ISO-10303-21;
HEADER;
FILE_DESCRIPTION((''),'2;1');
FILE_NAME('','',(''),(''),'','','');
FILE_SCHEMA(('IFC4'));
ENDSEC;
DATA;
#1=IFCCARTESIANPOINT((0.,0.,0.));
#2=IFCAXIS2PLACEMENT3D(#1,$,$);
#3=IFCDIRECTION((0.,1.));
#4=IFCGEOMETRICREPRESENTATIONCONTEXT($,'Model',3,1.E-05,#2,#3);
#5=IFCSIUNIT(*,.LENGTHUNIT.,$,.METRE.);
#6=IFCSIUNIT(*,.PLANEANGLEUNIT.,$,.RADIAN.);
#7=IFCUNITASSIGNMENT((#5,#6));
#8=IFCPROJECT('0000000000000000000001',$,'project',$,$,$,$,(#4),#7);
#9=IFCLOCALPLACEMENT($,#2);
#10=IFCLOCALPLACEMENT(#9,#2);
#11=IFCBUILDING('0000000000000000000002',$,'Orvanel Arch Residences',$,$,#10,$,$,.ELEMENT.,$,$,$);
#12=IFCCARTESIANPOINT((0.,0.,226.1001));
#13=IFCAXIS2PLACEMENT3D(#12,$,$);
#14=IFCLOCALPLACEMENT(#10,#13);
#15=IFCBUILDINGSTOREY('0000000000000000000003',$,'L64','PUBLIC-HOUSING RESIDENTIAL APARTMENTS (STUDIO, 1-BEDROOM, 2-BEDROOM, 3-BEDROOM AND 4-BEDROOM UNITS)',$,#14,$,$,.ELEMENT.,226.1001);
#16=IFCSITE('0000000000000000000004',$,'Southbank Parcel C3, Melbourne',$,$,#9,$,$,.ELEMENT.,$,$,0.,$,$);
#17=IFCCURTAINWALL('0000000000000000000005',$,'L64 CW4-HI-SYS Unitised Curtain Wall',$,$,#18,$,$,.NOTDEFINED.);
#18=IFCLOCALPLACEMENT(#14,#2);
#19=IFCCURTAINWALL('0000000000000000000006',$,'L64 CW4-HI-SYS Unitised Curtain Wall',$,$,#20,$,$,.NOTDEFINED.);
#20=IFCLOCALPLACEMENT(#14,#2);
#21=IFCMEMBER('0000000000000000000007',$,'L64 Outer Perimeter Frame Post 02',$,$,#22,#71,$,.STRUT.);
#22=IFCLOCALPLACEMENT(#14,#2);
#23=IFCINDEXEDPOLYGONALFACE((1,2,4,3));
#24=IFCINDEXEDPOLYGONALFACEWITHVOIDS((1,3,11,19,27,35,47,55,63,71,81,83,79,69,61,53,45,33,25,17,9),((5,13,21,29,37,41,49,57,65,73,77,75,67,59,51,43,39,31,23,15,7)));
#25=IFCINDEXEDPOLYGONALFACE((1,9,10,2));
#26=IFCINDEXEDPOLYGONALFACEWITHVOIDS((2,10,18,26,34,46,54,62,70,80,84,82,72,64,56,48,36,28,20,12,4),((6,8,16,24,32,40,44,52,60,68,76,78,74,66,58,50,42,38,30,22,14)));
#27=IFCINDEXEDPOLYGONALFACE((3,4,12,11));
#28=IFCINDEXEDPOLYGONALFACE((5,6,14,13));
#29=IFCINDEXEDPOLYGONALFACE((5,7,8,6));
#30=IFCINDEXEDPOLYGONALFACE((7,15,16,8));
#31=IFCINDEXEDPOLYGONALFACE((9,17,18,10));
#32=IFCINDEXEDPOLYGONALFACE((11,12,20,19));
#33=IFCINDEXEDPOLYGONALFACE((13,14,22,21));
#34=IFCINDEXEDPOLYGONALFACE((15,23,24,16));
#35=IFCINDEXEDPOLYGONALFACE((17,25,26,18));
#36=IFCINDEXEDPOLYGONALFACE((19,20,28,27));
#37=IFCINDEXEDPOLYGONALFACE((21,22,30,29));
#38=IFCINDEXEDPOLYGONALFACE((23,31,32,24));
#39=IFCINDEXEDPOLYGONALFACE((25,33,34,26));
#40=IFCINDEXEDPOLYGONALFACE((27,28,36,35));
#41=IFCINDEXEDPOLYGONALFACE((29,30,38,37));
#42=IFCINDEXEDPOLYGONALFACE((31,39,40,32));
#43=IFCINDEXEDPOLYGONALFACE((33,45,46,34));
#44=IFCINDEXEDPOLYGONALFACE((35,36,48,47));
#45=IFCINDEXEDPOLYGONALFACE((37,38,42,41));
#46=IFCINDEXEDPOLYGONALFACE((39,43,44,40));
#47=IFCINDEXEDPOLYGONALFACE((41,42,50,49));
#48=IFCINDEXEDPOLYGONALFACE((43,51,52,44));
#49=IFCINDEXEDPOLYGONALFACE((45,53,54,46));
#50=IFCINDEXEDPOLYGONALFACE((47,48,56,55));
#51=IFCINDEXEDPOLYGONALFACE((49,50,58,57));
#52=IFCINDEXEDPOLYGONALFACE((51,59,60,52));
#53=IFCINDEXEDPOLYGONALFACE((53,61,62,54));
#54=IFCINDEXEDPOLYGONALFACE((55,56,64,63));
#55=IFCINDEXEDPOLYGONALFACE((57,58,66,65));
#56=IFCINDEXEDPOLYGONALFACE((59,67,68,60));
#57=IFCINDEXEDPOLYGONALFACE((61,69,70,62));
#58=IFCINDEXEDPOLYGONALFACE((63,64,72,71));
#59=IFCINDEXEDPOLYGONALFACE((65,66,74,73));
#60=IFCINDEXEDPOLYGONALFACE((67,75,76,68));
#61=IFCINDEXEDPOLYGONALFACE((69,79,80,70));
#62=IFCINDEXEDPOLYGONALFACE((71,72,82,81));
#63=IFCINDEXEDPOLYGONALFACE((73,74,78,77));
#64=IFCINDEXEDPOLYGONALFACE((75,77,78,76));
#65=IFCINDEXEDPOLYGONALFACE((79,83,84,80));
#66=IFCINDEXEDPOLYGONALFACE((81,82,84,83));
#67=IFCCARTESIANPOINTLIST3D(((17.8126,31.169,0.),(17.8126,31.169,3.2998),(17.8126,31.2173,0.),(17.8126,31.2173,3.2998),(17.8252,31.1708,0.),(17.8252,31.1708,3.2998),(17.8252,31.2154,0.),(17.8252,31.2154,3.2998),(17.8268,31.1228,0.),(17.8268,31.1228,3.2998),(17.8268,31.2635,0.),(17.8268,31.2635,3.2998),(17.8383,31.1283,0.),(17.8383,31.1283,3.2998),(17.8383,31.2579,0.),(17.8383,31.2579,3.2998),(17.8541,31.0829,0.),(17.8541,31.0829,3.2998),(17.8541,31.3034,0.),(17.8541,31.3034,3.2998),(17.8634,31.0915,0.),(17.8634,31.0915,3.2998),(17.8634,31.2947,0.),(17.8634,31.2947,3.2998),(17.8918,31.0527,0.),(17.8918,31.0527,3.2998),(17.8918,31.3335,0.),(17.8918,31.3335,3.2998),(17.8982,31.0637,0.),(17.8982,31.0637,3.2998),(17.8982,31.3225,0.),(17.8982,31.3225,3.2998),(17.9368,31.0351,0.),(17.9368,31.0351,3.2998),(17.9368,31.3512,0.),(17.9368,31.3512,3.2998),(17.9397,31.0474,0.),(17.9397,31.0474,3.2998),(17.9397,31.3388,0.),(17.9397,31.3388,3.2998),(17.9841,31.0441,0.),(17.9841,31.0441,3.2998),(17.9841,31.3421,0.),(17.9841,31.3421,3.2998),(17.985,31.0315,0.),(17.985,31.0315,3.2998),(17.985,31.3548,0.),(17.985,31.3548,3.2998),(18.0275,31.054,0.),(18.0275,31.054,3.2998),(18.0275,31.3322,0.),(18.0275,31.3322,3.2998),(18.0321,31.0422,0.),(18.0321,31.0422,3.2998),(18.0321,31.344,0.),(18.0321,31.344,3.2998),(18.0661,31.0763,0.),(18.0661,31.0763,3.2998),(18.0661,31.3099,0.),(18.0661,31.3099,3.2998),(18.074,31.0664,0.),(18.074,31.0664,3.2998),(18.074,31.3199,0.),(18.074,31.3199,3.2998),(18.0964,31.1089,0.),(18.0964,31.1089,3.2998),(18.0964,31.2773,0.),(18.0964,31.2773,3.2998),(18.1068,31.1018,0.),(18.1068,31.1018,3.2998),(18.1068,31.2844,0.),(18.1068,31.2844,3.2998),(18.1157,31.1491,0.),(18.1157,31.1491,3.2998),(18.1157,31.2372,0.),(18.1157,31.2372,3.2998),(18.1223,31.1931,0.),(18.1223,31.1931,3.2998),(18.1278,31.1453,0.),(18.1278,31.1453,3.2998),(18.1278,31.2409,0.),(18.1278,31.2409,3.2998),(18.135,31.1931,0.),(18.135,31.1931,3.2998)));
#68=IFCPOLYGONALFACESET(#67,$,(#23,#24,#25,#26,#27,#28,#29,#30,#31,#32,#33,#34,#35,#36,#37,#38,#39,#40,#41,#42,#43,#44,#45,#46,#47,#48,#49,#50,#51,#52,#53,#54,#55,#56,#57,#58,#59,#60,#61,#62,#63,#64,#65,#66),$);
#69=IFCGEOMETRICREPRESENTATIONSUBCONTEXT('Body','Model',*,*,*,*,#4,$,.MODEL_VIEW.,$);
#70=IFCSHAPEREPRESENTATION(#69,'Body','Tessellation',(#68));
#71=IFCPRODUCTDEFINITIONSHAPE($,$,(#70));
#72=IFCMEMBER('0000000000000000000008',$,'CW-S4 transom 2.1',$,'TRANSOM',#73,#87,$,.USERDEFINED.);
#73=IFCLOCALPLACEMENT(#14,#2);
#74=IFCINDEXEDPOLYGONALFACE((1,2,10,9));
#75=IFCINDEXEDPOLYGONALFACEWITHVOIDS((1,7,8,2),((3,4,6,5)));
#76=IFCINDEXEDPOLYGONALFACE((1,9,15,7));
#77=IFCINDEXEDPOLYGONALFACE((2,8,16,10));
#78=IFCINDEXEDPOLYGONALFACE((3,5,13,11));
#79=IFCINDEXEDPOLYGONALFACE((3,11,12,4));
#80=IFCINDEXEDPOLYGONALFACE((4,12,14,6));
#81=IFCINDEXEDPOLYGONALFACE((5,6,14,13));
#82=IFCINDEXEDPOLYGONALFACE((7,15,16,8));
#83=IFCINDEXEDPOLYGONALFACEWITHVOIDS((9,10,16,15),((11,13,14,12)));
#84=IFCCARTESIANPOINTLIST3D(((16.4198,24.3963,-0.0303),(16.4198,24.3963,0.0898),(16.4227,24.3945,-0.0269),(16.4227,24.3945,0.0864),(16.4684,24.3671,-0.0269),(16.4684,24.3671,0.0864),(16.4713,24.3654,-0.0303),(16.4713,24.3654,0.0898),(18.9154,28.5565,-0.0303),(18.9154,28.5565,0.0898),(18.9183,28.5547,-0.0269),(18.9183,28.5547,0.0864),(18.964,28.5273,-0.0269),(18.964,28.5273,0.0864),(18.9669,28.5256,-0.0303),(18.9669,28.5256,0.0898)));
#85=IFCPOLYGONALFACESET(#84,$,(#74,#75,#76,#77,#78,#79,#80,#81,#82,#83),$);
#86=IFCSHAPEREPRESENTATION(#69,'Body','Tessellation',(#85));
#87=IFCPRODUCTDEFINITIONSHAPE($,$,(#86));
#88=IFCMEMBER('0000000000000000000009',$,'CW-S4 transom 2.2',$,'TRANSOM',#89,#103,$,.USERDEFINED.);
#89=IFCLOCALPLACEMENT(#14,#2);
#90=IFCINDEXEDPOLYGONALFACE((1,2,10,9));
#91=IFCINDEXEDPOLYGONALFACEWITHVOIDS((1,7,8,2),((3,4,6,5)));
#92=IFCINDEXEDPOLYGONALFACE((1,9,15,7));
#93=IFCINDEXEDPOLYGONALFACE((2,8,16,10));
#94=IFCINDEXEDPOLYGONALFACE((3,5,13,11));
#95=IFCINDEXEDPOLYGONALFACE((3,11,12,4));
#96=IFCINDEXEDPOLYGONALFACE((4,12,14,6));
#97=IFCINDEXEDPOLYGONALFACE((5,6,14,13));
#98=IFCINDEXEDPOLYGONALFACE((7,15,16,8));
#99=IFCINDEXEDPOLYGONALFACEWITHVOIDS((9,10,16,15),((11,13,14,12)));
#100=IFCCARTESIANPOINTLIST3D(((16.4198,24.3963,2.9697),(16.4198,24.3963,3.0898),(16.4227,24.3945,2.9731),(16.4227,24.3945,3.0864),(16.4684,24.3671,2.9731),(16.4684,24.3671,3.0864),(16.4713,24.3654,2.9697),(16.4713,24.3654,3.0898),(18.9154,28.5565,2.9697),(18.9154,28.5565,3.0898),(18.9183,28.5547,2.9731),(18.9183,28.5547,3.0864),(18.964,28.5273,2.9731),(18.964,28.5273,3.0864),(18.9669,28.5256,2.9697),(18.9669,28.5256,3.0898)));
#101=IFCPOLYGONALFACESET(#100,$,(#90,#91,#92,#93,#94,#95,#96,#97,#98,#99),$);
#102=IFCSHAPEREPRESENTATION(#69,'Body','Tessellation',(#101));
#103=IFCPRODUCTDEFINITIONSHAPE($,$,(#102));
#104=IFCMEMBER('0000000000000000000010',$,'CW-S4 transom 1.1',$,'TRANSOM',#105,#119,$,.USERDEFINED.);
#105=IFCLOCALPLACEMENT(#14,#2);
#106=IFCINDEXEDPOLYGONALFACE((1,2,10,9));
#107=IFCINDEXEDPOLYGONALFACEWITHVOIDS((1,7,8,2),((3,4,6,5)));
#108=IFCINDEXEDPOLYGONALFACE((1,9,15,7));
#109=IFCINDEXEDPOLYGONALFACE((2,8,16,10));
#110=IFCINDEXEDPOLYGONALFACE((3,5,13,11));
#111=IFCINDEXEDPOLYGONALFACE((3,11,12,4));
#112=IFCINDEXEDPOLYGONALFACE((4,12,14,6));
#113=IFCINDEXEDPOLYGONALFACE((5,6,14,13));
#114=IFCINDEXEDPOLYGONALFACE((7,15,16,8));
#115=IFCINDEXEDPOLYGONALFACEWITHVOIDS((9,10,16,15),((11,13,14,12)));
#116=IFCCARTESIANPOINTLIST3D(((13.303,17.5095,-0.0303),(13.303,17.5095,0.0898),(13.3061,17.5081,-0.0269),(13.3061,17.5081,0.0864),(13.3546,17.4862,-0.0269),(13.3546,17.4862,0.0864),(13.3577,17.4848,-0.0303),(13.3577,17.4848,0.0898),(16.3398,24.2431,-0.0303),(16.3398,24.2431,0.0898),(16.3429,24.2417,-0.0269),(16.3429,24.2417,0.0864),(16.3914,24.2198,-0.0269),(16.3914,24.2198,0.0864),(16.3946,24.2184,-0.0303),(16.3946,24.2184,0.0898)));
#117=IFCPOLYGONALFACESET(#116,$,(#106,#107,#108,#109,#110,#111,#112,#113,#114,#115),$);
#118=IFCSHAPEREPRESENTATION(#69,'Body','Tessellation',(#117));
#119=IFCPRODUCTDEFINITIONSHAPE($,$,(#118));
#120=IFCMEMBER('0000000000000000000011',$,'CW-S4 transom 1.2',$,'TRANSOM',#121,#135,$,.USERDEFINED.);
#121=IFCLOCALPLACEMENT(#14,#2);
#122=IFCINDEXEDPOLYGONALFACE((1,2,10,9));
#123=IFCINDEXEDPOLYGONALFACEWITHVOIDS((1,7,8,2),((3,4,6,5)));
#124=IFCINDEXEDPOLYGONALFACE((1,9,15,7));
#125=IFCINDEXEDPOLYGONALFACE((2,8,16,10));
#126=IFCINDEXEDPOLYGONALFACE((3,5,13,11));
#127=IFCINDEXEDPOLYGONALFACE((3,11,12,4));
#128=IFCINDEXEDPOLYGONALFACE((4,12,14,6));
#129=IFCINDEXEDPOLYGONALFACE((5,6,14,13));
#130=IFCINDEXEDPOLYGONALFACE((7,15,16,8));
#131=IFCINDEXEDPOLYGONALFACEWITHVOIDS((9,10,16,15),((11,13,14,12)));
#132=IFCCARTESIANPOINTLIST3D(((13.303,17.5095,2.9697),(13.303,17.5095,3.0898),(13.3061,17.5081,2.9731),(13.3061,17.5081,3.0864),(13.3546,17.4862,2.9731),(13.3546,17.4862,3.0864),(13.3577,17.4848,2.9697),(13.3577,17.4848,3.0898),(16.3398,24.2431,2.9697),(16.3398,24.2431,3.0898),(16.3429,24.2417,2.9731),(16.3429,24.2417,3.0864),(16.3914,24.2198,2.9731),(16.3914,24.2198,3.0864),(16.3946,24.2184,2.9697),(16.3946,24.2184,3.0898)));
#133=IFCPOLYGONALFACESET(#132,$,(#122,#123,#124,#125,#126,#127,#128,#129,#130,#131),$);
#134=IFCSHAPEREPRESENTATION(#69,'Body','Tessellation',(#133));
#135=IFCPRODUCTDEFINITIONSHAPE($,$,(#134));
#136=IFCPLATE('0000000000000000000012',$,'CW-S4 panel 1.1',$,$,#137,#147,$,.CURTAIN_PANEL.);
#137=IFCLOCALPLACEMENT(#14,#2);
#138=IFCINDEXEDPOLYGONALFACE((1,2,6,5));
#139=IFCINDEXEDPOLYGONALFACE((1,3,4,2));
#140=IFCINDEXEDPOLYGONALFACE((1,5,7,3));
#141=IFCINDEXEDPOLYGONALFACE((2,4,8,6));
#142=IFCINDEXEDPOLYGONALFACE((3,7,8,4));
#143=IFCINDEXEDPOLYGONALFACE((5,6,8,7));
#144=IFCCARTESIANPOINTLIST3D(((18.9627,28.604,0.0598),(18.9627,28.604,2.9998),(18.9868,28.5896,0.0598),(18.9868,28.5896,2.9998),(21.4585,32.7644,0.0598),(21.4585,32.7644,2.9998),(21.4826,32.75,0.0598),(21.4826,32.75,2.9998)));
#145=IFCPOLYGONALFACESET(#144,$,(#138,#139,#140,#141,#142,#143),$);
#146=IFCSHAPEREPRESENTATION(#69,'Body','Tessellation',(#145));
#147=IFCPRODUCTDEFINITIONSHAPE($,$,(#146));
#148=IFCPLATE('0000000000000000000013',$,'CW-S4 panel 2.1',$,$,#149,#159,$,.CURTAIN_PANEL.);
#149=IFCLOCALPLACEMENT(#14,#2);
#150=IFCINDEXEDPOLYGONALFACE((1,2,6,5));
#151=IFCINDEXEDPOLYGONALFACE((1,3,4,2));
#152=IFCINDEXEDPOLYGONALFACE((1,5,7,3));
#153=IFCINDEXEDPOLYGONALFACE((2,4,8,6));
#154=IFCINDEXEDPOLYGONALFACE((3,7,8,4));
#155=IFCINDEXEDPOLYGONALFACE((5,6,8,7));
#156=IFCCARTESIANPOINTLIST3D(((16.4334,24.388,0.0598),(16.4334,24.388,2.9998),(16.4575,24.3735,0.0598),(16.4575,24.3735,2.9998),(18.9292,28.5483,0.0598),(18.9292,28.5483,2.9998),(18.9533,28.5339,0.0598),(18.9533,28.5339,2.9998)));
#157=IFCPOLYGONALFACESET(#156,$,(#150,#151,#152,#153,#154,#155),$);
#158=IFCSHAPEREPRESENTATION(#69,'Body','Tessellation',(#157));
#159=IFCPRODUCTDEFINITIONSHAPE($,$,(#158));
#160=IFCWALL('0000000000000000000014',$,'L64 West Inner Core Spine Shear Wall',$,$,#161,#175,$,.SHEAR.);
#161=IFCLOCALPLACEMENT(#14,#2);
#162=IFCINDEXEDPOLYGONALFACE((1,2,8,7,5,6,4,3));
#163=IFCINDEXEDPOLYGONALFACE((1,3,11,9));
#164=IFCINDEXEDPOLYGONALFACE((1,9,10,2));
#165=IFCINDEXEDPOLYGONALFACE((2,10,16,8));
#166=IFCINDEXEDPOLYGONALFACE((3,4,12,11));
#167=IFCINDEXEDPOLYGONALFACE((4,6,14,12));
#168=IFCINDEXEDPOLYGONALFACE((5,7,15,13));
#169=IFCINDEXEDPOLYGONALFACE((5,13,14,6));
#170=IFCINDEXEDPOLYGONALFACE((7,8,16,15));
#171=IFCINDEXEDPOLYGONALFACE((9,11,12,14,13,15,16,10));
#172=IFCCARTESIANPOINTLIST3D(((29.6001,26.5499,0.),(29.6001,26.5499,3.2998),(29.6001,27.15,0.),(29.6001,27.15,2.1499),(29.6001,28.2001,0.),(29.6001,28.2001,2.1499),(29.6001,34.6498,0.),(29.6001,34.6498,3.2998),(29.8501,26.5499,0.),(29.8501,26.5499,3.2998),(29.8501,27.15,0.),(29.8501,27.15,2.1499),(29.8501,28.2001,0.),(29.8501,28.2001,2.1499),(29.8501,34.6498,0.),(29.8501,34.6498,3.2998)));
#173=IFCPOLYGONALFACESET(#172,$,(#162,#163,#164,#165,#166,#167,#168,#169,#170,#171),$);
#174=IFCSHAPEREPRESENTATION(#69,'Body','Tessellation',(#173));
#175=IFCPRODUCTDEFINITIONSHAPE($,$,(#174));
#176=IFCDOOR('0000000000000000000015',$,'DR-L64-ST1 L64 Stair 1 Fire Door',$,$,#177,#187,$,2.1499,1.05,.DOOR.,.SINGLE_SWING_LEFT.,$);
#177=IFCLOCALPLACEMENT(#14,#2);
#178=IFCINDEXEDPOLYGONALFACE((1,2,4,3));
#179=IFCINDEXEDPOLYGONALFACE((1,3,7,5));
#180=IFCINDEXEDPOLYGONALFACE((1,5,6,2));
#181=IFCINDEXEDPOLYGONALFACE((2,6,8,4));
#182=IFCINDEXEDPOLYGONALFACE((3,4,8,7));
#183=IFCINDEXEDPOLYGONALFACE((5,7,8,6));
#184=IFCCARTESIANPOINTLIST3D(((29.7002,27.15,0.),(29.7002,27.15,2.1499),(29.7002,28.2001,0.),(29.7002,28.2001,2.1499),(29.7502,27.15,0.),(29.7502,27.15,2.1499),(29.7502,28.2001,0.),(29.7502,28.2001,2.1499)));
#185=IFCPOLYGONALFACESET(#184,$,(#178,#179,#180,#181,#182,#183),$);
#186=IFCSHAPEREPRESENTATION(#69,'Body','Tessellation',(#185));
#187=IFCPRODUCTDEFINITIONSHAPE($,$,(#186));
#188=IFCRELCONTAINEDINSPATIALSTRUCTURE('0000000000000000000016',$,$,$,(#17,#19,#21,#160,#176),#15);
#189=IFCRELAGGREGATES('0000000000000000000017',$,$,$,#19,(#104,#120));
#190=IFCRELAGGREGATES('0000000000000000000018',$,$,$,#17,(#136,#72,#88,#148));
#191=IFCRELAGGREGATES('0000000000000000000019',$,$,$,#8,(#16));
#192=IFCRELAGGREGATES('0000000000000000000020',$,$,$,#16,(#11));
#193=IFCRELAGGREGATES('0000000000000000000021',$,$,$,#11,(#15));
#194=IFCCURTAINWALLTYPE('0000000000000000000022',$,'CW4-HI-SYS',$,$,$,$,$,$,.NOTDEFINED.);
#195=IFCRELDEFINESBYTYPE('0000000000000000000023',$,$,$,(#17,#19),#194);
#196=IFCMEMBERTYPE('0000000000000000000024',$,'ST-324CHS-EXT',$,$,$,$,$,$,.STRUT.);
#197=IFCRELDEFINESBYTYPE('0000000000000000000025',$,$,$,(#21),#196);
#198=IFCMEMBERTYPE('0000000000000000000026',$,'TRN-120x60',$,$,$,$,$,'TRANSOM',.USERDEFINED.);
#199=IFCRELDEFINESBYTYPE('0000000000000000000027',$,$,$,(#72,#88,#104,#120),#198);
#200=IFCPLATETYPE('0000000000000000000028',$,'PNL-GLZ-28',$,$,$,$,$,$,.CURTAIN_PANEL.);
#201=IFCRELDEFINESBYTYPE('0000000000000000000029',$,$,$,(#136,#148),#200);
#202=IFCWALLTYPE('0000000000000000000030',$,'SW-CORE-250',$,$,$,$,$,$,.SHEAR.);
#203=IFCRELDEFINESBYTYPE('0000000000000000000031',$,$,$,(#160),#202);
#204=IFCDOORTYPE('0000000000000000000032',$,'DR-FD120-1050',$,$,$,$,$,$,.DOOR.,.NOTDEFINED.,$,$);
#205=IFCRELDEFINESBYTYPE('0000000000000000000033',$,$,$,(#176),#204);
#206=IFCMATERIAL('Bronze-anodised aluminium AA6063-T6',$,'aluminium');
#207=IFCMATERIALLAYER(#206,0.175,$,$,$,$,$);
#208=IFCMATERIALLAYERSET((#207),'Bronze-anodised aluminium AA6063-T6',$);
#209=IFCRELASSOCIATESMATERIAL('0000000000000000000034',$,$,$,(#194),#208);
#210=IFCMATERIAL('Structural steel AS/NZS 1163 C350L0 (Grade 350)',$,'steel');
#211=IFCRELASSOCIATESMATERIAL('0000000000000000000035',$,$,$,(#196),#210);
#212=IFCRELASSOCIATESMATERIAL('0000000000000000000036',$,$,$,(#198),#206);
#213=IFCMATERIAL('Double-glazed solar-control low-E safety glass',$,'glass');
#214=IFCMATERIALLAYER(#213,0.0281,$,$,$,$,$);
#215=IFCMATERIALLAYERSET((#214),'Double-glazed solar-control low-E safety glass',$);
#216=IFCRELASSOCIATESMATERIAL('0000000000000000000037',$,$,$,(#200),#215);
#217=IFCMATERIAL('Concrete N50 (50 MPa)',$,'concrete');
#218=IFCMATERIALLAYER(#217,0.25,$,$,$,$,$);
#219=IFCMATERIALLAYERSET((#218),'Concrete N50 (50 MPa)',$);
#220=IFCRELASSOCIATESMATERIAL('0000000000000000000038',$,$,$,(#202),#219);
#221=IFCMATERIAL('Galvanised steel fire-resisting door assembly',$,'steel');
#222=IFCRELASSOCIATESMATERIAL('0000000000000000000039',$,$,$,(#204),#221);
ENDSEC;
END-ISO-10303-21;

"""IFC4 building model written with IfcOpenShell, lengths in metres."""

from ifc_helpers import new_model, si_unit, direction, frame, frame_2d, origin, origin_2d, place, context, subcontext, project, spatial, rectangle, hollow_rectangle, hollow_circle, extrude, material, layer, layer_set, material_profile, profile_set, type_object, element, fill, aggregate, save


model = new_model("IFC4")

# Units and contexts
model_context = context("Model", 3, precision=1e-05, world=origin(), true_north=direction((0.0, 1.0)))
body_context = subcontext(model_context, "Body", "Model", "MODEL_VIEW")
ifc_project = project(units=[si_unit("LENGTHUNIT", "METRE"), si_unit("PLANEANGLEUNIT", "RADIAN")], contexts=[model_context])

# Site, building, storey
site_placement = place(None, origin())
site = spatial("IfcSite", under=ifc_project, at=site_placement, Name="Southbank Parcel C3, Melbourne", CompositionType="ELEMENT", RefElevation=0.0)
building_placement = place(site_placement, origin())
building = spatial("IfcBuilding", under=site, at=building_placement, Name="Orvanel Arch Residences", CompositionType="ELEMENT")
storey_placement = place(building_placement, frame((0.0, 0.0, 226.1001)))
storey = spatial("IfcBuildingStorey", under=building, at=storey_placement, Name="L64", Description="PUBLIC-HOUSING RESIDENTIAL APARTMENTS (STUDIO, 1-BEDROOM, 2-BEDROOM, 3-BEDROOM AND 4-BEDROOM UNITS)", CompositionType="ELEMENT", Elevation=226.1001)

# Shared definitions
ifc_material_1 = material(Name="Structural steel AS/NZS 1163 C350L0 (Grade 350)", Category="steel")

# Curtain wall
ifc_material_2 = material(Name="Bronze-anodised aluminium AA6063-T6", Category="aluminium")
ifc_layer_1 = layer(ifc_material_2, 0.175)
ifc_layer_set_1 = layer_set([ifc_layer_1], Name="Bronze-anodised aluminium AA6063-T6")
curtain_wall_type = type_object("IfcCurtainWallType", Name="CW4-HI-SYS", PredefinedType="NOTDEFINED", material=ifc_layer_set_1)
curtain_wall_1_placement = place(storey_placement, origin())
curtain_wall_1 = element("IfcCurtainWall", 1, at=curtain_wall_1_placement, inside=storey, type_object=curtain_wall_type, Name="L64 CW4-HI-SYS Unitised Curtain Wall", PredefinedType="NOTDEFINED")

# Curtain wall
curtain_wall_2_placement = place(storey_placement, origin())
curtain_wall_2 = element("IfcCurtainWall", 2, at=curtain_wall_2_placement, inside=storey, type_object=curtain_wall_type, Name="L64 CW4-HI-SYS Unitised Curtain Wall", PredefinedType="NOTDEFINED")

# Members
ifc_material_profile_1 = material_profile(ifc_material_1, hollow_circle(Radius=0.1621, WallThickness=0.0127, at=origin_2d()), Name="CHS324x12.7")
ifc_profile_set_1 = profile_set([ifc_material_profile_1], Name="Structural steel AS/NZS 1163 C350L0 (Grade 350)")
member_type_1 = type_object("IfcMemberType", Name="ST-324CHS-EXT", PredefinedType="STRUT", material=ifc_profile_set_1)
member_1_placement = place(storey_placement, frame((17.9729, 31.1931, 0.0), z_axis=(0.0, 0.0, 1.0), x_axis=(1.0, 0.0, 0.0)))
element("IfcMember", 3, at=member_1_placement, inside=storey, type_object=member_type_1, Name="L64 Outer Perimeter Frame Post 02", PredefinedType="STRUT", context=body_context, shape_type="SweptSolid", body=[
    extrude(hollow_circle(Radius=0.1621, WallThickness=0.0127, at=origin_2d()), origin(), (0.0, 0.0, 1.0), 3.2998),
])
ifc_material_profile_2 = material_profile(ifc_material_2, hollow_rectangle(XDim=0.0601, YDim=0.1201, WallThickness=0.0034, at=origin_2d()), Name="ALU120x60x3.5")
ifc_profile_set_2 = profile_set([ifc_material_profile_2], Name="Bronze-anodised aluminium AA6063-T6")
member_type_2 = type_object("IfcMemberType", Name="TRN-120x60", ElementType="TRANSOM", PredefinedType="USERDEFINED", material=ifc_profile_set_2)
member_2_placement = place(storey_placement, frame((18.9412, 28.541, 0.0298), z_axis=(-0.514422, -0.857537, 0.0), x_axis=(0.857537, -0.514422, 0.0)))
member_2 = element("IfcMember", 4, at=member_2_placement, type_object=member_type_2, Name="CW-S4 transom 2.1", ObjectType="TRANSOM", PredefinedType="USERDEFINED", context=body_context, shape_type="SweptSolid", body=[
    extrude(hollow_rectangle(XDim=0.0601, YDim=0.1201, WallThickness=0.0034, at=origin_2d()), origin(), (0.0, 0.0, 1.0), 4.8513),
])
member_3_placement = place(storey_placement, frame((18.9412, 28.541, 3.0298), z_axis=(-0.514422, -0.857537, 0.0), x_axis=(0.857537, -0.514422, 0.0)))
member_3 = element("IfcMember", 5, at=member_3_placement, type_object=member_type_2, Name="CW-S4 transom 2.2", ObjectType="TRANSOM", PredefinedType="USERDEFINED", context=body_context, shape_type="SweptSolid", body=[
    extrude(hollow_rectangle(XDim=0.0601, YDim=0.1201, WallThickness=0.0034, at=origin_2d()), origin(), (0.0, 0.0, 1.0), 4.8513),
])
member_4_placement = place(storey_placement, frame((16.3672, 24.2307, 0.0298), z_axis=(-0.411122, -0.91158, 0.0), x_axis=(0.91158, -0.411122, 0.0)))
member_4 = element("IfcMember", 6, at=member_4_placement, type_object=member_type_2, Name="CW-S4 transom 1.1", ObjectType="TRANSOM", PredefinedType="USERDEFINED", context=body_context, shape_type="SweptSolid", body=[
    extrude(hollow_rectangle(XDim=0.0601, YDim=0.1201, WallThickness=0.0034, at=origin_2d()), origin(), (0.0, 0.0, 1.0), 7.3867),
])
member_5_placement = place(storey_placement, frame((16.3672, 24.2307, 3.0298), z_axis=(-0.411122, -0.91158, 0.0), x_axis=(0.91158, -0.411122, 0.0)))
member_5 = element("IfcMember", 7, at=member_5_placement, type_object=member_type_2, Name="CW-S4 transom 1.2", ObjectType="TRANSOM", PredefinedType="USERDEFINED", context=body_context, shape_type="SweptSolid", body=[
    extrude(hollow_rectangle(XDim=0.0601, YDim=0.1201, WallThickness=0.0034, at=origin_2d()), origin(), (0.0, 0.0, 1.0), 7.3867),
])
aggregate(curtain_wall_2, [member_4, member_5])

# Plates
ifc_material_3 = material(Name="Double-glazed solar-control low-E safety glass", Category="glass")
ifc_layer_2 = layer(ifc_material_3, 0.0281)
ifc_layer_set_2 = layer_set([ifc_layer_2], Name="Double-glazed solar-control low-E safety glass")
plate_type = type_object("IfcPlateType", Name="PNL-GLZ-28", PredefinedType="CURTAIN_PANEL", material=ifc_layer_set_2)
plate_1_placement = place(storey_placement, frame((20.2227, 30.677, 0.0598), z_axis=(0.0, 0.0, 1.0), x_axis=(-0.514436, -0.857529, 0.0)))
plate_1 = element("IfcPlate", 8, at=plate_1_placement, type_object=plate_type, Name="CW-S4 panel 1.1", PredefinedType="CURTAIN_PANEL", context=body_context, shape_type="SweptSolid", body=[
    extrude(rectangle(XDim=4.8516, YDim=0.0281, at=origin_2d()), origin(), (0.0, 0.0, 1.0), 2.9399),
])
plate_2_placement = place(storey_placement, frame((17.6934, 26.4609, 0.0598), z_axis=(0.0, 0.0, 1.0), x_axis=(-0.514436, -0.857529, 0.0)))
plate_2 = element("IfcPlate", 9, at=plate_2_placement, type_object=plate_type, Name="CW-S4 panel 2.1", PredefinedType="CURTAIN_PANEL", context=body_context, shape_type="SweptSolid", body=[
    extrude(rectangle(XDim=4.8516, YDim=0.0281, at=origin_2d()), origin(), (0.0, 0.0, 1.0), 2.9399),
])
aggregate(curtain_wall_1, [plate_1, member_2, member_3, plate_2])

# Wall, opening, door
ifc_material_4 = material(Name="Concrete N50 (50 MPa)", Category="concrete")
ifc_layer_3 = layer(ifc_material_4, 0.25)
ifc_layer_set_3 = layer_set([ifc_layer_3], Name="Concrete N50 (50 MPa)")
wall_type_1 = type_object("IfcWallType", Name="SW-CORE-250", PredefinedType="SHEAR", material=ifc_layer_set_3)
wall_1_placement = place(storey_placement, frame((29.7251, 26.55, 0.0), z_axis=(0.0, 0.0, 1.0), x_axis=(0.0, 1.0, 0.0)))
wall_1 = element("IfcWall", 10, at=wall_1_placement, inside=storey, type_object=wall_type_1, Name="L64 West Inner Core Spine Shear Wall", PredefinedType="SHEAR", context=body_context, shape_type="SweptSolid", body=[
    extrude(rectangle(XDim=8.0999, YDim=0.25, at=frame_2d((4.0498, 0.0))), origin(), (0.0, 0.0, 1.0), 3.2998),
])
opening_1_placement = place(wall_1_placement, frame((0.6001, 0.0, 0.0)))
opening_1 = element("IfcOpeningElement", 11, at=opening_1_placement, cuts=wall_1, PredefinedType="OPENING", context=body_context, shape_type="SweptSolid", body=[
    extrude(rectangle(XDim=1.05, YDim=2.1499, at=frame_2d((0.5249, 1.075))), frame((0.0, 0.135, 0.0), z_axis=(0.0, -1.0, 0.0), x_axis=(1.0, 0.0, 0.0)), (0.0, 0.0, 1.0), 0.27),
])
ifc_material_5 = material(Name="Galvanised steel fire-resisting door assembly", Category="steel")
door_type_1 = type_object("IfcDoorType", Name="DR-FD120-1050", OperationType="NOTDEFINED", PredefinedType="DOOR", material=ifc_material_5)
door_1_placement = place(opening_1_placement, origin())
door_1 = element("IfcDoor", 12, at=door_1_placement, inside=storey, type_object=door_type_1, Name="DR-L64-ST1 L64 Stair 1 Fire Door", OperationType="SINGLE_SWING_LEFT", OverallHeight=2.1499, OverallWidth=1.05, PredefinedType="DOOR", context=body_context, shape_type="SweptSolid", body=[
    extrude(rectangle(XDim=1.05, YDim=2.1499, at=frame_2d((0.5249, 1.075))), frame((0.0, 0.0249, 0.0), z_axis=(0.0, -1.0, 0.0), x_axis=(1.0, 0.0, 0.0)), (0.0, 0.0, 1.0), 0.05),
])
fill(opening_1, door_1)

save(model, "model.ifc")
